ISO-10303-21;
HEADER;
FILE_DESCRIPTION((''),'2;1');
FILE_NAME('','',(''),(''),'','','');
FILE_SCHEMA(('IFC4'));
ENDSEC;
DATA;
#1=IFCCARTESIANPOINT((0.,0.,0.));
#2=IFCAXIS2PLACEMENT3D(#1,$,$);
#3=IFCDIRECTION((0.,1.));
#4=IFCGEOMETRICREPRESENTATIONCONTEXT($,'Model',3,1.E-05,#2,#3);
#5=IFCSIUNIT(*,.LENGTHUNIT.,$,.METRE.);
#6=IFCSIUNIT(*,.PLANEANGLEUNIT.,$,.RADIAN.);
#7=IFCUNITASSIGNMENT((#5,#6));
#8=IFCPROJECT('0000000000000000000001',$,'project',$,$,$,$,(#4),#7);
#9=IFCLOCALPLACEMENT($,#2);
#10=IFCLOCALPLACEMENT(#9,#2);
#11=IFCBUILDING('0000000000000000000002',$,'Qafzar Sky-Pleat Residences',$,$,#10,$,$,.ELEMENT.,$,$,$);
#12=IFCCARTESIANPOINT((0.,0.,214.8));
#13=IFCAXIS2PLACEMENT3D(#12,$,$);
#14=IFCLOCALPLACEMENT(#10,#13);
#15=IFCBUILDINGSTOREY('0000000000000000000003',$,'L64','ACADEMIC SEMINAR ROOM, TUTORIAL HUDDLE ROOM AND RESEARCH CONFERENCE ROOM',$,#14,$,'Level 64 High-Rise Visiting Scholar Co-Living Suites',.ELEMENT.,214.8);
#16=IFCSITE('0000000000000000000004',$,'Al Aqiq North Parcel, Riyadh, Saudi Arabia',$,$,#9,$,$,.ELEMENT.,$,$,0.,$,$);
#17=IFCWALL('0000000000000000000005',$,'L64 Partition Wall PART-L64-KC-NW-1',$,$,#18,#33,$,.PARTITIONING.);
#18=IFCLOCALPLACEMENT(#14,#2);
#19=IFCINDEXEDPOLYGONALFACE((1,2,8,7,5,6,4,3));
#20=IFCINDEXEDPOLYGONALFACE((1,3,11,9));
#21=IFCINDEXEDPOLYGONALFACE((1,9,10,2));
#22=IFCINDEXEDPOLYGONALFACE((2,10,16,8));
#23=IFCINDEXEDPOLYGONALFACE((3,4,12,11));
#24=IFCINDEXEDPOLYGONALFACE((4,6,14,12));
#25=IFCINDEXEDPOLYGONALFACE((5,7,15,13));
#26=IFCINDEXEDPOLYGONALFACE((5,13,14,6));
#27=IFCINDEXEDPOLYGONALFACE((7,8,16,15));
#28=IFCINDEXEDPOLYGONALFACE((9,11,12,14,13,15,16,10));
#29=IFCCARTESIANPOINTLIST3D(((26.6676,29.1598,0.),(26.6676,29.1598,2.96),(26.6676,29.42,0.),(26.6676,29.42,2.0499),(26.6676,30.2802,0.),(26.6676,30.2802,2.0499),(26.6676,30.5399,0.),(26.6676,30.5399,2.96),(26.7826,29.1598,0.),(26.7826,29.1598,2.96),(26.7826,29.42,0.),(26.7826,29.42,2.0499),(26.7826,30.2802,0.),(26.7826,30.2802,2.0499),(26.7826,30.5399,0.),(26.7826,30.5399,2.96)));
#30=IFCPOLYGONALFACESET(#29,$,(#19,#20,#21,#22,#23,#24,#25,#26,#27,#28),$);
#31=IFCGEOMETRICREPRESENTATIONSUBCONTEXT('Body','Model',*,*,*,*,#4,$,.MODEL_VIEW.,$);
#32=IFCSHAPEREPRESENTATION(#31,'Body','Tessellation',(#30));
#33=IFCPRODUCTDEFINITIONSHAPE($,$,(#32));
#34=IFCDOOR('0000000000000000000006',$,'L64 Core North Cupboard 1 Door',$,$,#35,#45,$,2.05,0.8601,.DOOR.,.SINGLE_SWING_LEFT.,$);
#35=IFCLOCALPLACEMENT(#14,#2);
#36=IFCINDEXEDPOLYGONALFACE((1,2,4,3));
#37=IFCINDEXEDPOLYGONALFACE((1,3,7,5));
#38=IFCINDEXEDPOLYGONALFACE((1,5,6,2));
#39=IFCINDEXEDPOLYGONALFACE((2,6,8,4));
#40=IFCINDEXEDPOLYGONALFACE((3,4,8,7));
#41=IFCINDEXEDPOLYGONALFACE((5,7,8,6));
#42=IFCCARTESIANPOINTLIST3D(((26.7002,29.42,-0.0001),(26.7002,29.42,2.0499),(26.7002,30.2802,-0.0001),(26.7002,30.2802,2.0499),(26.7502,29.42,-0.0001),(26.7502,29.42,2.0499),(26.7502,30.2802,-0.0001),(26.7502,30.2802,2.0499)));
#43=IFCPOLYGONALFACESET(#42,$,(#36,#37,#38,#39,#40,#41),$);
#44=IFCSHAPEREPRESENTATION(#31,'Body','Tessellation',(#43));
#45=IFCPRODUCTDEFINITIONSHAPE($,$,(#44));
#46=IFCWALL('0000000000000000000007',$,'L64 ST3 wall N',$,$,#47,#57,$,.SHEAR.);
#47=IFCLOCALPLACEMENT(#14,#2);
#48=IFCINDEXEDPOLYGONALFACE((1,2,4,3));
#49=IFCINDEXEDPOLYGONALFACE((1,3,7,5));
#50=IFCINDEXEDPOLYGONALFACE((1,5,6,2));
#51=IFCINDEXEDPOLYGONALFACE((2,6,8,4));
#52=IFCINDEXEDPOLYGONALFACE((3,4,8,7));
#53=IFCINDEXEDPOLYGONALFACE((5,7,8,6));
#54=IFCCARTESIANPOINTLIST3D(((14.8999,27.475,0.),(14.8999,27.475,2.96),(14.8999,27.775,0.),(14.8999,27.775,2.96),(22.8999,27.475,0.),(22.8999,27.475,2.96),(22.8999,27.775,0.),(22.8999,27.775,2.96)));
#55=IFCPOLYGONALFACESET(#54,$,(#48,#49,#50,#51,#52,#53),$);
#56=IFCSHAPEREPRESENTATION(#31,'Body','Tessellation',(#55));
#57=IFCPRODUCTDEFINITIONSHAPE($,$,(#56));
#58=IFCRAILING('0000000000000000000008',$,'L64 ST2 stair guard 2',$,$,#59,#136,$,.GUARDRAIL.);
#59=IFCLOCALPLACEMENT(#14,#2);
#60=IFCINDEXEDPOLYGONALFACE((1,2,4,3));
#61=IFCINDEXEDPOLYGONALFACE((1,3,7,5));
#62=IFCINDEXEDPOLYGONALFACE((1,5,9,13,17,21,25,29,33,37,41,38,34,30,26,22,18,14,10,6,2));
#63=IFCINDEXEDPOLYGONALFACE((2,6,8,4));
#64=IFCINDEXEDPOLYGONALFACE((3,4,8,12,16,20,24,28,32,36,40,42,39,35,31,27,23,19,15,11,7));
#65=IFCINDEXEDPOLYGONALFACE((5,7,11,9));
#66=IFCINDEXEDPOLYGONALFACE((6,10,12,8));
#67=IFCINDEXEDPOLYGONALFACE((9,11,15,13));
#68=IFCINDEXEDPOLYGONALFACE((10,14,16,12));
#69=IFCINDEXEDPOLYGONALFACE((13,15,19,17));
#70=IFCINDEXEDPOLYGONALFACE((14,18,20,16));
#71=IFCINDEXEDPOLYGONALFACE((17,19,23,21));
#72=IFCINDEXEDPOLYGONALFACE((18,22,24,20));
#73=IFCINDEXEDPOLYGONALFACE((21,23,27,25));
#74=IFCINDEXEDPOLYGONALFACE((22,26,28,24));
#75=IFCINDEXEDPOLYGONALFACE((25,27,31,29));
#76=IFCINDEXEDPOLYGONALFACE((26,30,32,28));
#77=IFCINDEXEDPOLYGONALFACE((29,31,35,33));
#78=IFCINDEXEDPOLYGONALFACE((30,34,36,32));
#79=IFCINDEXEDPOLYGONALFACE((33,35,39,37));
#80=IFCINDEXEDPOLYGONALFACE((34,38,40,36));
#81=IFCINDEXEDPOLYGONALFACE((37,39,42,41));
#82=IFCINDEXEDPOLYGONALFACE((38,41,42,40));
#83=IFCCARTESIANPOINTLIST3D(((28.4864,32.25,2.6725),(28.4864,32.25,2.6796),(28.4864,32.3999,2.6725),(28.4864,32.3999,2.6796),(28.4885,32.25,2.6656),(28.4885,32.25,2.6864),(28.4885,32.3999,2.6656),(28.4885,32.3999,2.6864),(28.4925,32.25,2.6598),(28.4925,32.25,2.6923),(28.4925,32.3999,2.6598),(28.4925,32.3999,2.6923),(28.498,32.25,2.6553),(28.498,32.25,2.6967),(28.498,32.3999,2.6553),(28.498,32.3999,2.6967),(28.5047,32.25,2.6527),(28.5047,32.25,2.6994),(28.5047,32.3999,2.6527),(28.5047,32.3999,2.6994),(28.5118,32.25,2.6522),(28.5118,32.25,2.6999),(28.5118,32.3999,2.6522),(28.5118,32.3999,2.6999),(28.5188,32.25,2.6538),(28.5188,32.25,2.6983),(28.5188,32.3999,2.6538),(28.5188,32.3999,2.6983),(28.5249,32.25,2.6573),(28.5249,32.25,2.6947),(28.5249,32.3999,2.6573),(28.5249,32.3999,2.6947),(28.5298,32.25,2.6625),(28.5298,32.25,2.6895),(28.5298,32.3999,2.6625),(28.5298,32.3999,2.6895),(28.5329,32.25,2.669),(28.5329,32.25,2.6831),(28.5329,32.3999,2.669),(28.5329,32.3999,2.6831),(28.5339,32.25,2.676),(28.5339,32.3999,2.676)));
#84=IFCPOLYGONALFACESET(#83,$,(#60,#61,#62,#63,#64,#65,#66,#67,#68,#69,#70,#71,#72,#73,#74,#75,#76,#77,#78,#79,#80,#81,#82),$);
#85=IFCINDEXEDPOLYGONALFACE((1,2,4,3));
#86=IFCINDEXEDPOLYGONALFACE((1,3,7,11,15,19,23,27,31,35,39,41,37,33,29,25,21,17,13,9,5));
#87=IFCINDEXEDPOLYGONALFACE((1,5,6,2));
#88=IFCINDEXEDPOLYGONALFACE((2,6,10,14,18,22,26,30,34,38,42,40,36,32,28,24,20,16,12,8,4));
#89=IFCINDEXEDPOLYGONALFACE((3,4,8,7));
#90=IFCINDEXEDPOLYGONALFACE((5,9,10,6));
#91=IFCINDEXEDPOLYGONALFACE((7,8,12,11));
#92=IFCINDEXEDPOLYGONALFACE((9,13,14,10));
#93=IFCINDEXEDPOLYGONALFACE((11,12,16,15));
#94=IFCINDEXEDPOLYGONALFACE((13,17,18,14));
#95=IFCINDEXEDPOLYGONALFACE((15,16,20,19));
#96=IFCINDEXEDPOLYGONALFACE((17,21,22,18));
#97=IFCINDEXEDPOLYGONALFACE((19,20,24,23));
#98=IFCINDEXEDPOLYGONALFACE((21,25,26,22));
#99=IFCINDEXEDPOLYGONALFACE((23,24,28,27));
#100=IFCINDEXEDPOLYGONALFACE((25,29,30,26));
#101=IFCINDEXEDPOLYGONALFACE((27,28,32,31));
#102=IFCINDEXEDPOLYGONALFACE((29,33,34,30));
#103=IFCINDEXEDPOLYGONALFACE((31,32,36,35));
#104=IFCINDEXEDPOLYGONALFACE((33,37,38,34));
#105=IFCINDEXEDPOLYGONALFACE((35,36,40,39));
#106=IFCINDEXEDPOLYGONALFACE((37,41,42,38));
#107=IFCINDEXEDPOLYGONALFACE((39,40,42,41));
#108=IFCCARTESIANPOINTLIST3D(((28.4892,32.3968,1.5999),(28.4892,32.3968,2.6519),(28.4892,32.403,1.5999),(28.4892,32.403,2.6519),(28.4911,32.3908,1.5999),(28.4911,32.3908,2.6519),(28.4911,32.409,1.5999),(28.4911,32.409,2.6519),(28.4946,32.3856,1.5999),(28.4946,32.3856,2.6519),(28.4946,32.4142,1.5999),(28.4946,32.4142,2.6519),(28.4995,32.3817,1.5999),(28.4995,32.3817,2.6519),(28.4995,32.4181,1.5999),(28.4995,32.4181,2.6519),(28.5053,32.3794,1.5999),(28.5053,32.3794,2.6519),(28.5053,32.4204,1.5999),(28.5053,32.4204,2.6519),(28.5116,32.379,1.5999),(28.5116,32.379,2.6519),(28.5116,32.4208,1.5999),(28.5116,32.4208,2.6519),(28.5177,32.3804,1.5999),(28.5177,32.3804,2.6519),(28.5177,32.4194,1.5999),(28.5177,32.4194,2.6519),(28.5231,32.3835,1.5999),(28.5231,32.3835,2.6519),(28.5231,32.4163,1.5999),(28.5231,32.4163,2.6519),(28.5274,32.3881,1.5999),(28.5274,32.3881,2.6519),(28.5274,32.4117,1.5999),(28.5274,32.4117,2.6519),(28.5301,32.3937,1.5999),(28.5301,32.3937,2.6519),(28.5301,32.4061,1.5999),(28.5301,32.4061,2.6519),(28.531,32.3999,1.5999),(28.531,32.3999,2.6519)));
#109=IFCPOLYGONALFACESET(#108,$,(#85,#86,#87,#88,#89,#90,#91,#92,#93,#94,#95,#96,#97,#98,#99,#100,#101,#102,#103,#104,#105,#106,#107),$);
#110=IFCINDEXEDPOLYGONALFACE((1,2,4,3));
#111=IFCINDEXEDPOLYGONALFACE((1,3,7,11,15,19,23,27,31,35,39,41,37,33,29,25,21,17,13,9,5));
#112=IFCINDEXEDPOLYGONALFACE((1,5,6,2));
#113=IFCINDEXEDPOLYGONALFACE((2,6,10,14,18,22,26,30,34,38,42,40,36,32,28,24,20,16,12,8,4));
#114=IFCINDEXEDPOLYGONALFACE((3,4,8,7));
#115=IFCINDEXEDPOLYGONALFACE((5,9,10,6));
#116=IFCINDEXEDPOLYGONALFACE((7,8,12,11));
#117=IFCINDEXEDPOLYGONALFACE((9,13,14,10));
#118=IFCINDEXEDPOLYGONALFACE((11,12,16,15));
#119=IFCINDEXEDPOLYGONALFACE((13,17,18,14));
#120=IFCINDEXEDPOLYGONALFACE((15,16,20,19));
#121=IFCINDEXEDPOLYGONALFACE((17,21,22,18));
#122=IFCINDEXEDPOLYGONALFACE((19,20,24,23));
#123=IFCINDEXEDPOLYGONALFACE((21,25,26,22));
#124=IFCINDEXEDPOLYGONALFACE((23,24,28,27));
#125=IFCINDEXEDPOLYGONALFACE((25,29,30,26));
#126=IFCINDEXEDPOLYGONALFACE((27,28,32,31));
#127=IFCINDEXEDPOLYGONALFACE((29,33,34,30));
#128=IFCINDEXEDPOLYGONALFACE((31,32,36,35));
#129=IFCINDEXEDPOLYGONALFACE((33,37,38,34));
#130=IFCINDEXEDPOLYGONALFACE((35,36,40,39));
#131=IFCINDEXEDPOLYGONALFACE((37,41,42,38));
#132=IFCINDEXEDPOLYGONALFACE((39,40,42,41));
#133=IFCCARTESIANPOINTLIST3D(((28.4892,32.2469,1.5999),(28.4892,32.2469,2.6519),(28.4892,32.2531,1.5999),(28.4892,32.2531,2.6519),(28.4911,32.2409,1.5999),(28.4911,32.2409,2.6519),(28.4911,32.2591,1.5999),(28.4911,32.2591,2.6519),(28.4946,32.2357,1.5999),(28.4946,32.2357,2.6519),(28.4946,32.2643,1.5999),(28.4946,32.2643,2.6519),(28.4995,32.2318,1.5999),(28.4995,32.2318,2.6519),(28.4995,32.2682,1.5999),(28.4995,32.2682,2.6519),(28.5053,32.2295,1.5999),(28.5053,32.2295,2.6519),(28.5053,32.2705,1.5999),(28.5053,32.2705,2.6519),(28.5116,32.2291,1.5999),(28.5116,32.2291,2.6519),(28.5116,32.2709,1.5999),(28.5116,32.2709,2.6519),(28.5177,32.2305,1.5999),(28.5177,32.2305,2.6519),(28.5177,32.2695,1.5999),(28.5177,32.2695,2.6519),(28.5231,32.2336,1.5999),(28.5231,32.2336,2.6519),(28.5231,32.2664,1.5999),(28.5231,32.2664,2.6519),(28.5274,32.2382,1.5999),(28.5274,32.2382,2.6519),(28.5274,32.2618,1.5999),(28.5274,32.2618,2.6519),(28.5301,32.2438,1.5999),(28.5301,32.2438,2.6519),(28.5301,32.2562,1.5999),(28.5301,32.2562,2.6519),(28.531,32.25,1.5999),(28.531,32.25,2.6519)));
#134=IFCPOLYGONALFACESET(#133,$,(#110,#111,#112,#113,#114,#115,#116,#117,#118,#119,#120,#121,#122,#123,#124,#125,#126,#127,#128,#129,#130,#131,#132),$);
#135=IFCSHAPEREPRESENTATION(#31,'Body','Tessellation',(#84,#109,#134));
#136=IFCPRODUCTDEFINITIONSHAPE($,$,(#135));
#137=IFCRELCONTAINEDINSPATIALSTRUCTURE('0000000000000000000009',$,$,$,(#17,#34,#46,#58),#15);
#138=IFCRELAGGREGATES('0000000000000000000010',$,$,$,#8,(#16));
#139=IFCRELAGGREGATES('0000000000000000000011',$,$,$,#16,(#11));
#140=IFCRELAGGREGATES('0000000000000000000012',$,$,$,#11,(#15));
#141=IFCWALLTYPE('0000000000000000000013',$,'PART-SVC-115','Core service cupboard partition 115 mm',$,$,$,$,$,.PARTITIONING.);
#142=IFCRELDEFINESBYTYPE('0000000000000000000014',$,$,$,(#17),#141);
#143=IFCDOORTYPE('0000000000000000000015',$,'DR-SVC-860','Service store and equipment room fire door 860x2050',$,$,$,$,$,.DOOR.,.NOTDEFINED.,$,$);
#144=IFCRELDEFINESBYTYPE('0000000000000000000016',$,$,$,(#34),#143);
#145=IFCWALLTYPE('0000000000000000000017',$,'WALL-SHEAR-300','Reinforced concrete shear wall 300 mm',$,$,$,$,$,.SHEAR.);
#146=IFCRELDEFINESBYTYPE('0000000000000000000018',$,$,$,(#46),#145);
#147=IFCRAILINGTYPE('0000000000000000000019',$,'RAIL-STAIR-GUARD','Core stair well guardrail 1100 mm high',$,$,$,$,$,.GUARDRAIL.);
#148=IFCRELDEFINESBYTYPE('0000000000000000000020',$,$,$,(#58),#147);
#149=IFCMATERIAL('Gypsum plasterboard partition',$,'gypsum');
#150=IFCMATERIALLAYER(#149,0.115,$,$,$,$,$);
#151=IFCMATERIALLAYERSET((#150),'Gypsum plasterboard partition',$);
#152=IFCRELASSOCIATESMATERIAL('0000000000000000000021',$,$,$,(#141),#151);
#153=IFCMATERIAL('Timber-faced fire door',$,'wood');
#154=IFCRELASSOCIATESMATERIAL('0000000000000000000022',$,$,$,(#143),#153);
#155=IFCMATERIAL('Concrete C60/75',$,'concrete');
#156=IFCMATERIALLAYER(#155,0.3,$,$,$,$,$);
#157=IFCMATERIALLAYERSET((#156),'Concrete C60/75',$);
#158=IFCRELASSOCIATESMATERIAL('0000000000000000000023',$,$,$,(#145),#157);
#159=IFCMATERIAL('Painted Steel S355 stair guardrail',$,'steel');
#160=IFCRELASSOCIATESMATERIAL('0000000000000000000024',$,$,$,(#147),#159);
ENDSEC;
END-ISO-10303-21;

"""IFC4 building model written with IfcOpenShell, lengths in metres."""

from ifc_helpers import new_model, si_unit, direction, frame, frame_2d, origin, origin_2d, place, context, subcontext, project, spatial, rectangle, circle, extrude, source, transform, mapped, material, layer, layer_set, type_object, element, fill, save


model = new_model("IFC4")

# Units and contexts
model_context = context("Model", 3, precision=1e-05, world=origin(), true_north=direction((0.0, 1.0)))
body_context = subcontext(model_context, "Body", "Model", "MODEL_VIEW")
ifc_project = project(units=[si_unit("LENGTHUNIT", "METRE"), si_unit("PLANEANGLEUNIT", "RADIAN")], contexts=[model_context])

# Site, building, storey
site_placement = place(None, origin())
site = spatial("IfcSite", under=ifc_project, at=site_placement, Name="Al Aqiq North Parcel, Riyadh, Saudi Arabia", CompositionType="ELEMENT", RefElevation=0.0)
building_placement = place(site_placement, origin())
building = spatial("IfcBuilding", under=site, at=building_placement, Name="Qafzar Sky-Pleat Residences", CompositionType="ELEMENT")
storey_placement = place(building_placement, frame((0.0, 0.0, 214.8)))
storey = spatial("IfcBuildingStorey", under=building, at=storey_placement, Name="L64", Description="ACADEMIC SEMINAR ROOM, TUTORIAL HUDDLE ROOM AND RESEARCH CONFERENCE ROOM", LongName="Level 64 High-Rise Visiting Scholar Co-Living Suites", CompositionType="ELEMENT", Elevation=214.8)

# Shared definitions
ifc_material_1 = material(Name="Timber-faced fire door", Category="wood")

# Wall, opening, door
ifc_material_2 = material(Name="Gypsum plasterboard partition", Category="gypsum")
ifc_layer_1 = layer(ifc_material_2, 0.115)
ifc_layer_set_1 = layer_set([ifc_layer_1], Name="Gypsum plasterboard partition")
wall_type_1 = type_object("IfcWallType", Name="PART-SVC-115", Description="Core service cupboard partition 115 mm", PredefinedType="PARTITIONING", material=ifc_layer_set_1)
wall_1_placement = place(storey_placement, frame((26.7251, 29.1599, 0.0), z_axis=(0.0, 0.0, 1.0), x_axis=(0.0, 1.0, 0.0)))
wall_1 = element("IfcWall", 1, at=wall_1_placement, inside=storey, type_object=wall_type_1, Name="L64 Partition Wall PART-L64-KC-NW-1", PredefinedType="PARTITIONING", context=body_context, shape_type="SweptSolid", body=[
    extrude(rectangle(XDim=1.3801, YDim=0.115, at=frame_2d((0.6899, 0.0))), origin(), (0.0, 0.0, 1.0), 2.96),
])
opening_1_placement = place(wall_1_placement, frame((0.26, 0.0, 0.0)))
opening_1 = element("IfcOpeningElement", 2, at=opening_1_placement, cuts=wall_1, PredefinedType="OPENING", context=body_context, shape_type="SweptSolid", body=[
    extrude(rectangle(XDim=0.8601, YDim=2.05, at=frame_2d((0.4302, 1.0249))), frame((0.0, 0.0674, 0.0), z_axis=(0.0, -1.0, 0.0), x_axis=(1.0, 0.0, 0.0)), (0.0, 0.0, 1.0), 0.135),
])
door_type_1 = type_object("IfcDoorType", Name="DR-SVC-860", Description="Service store and equipment room fire door 860x2050", OperationType="NOTDEFINED", PredefinedType="DOOR", material=ifc_material_1)
shared_shape_1 = source(origin(), body_context, "Body", "SweptSolid", [
    extrude(rectangle(XDim=0.8601, YDim=2.05, at=frame_2d((0.4302, 1.0249))), frame((0.0, 0.0249, 0.0), z_axis=(0.0, -1.0, 0.0), x_axis=(1.0, 0.0, 0.0)), (0.0, 0.0, 1.0), 0.05),
])
door_1_placement = place(opening_1_placement, origin())
door_1 = element("IfcDoor", 3, at=door_1_placement, inside=storey, type_object=door_type_1, Name="L64 Core North Cupboard 1 Door", OperationType="SINGLE_SWING_LEFT", OverallHeight=2.05, OverallWidth=0.8601, PredefinedType="DOOR", context=body_context, shape_type="MappedRepresentation", body=[
    mapped(shared_shape_1, transform((0.0, 0.0, 0.0), x_axis=(1.0, 0.0, 0.0), y_axis=(0.0, 1.0, 0.0), z_axis=(0.0, 0.0, 1.0), scale=1.0)),
])
fill(opening_1, door_1)

# Shared definitions
ifc_material_3 = material(Name="Concrete C60/75", Category="concrete")
ifc_layer_2 = layer(ifc_material_3, 0.3)
ifc_layer_set_2 = layer_set([ifc_layer_2], Name="Concrete C60/75")
wall_type_2 = type_object("IfcWallType", Name="WALL-SHEAR-300", Description="Reinforced concrete shear wall 300 mm", PredefinedType="SHEAR", material=ifc_layer_set_2)

# Wall
wall_2_placement = place(storey_placement, frame((22.8999, 27.625, 0.0), z_axis=(0.0, 0.0, 1.0), x_axis=(-1.0, 0.0, 0.0)))
element("IfcWall", 4, at=wall_2_placement, inside=storey, type_object=wall_type_2, Name="L64 ST3 wall N", PredefinedType="SHEAR", context=body_context, shape_type="SweptSolid", body=[
    extrude(rectangle(XDim=8.0, YDim=0.3, at=frame_2d((4.0, 0.0))), origin(), (0.0, 0.0, 1.0), 2.96),
])

# Railing
ifc_material_4 = material(Name="Painted Steel S355 stair guardrail", Category="steel")
railing_type_1 = type_object("IfcRailingType", Name="RAIL-STAIR-GUARD", Description="Core stair well guardrail 1100 mm high", PredefinedType="GUARDRAIL", material=ifc_material_4)
shared_shape_2 = source(origin(), body_context, "Body", "SweptSolid", [
    extrude(circle(Radius=0.0239, at=origin_2d()), frame((0.0, 0.0, 1.0762), z_axis=(0.0, -1.0, 0.0), x_axis=(1.0, 0.0, 0.0)), (0.0, 0.0, 1.0), 0.1499),
    extrude(circle(Radius=0.021, at=origin_2d()), origin(), (0.0, 0.0, 1.0), 1.052),
    extrude(circle(Radius=0.021, at=origin_2d()), frame((0.0, -0.1499, 0.0)), (0.0, 0.0, 1.0), 1.052),
])
railing_1_placement = place(storey_placement, frame((28.51, 32.3999, 1.5999)))
element("IfcRailing", 5, at=railing_1_placement, inside=storey, type_object=railing_type_1, Name="L64 ST2 stair guard 2", PredefinedType="GUARDRAIL", context=body_context, shape_type="MappedRepresentation", body=[
    mapped(shared_shape_2, transform((0.0, 0.0, 0.0), x_axis=(1.0, 0.0, 0.0), y_axis=(0.0, 1.0, 0.0), z_axis=(0.0, 0.0, 1.0), scale=1.0)),
])

save(model, "model.ifc")
